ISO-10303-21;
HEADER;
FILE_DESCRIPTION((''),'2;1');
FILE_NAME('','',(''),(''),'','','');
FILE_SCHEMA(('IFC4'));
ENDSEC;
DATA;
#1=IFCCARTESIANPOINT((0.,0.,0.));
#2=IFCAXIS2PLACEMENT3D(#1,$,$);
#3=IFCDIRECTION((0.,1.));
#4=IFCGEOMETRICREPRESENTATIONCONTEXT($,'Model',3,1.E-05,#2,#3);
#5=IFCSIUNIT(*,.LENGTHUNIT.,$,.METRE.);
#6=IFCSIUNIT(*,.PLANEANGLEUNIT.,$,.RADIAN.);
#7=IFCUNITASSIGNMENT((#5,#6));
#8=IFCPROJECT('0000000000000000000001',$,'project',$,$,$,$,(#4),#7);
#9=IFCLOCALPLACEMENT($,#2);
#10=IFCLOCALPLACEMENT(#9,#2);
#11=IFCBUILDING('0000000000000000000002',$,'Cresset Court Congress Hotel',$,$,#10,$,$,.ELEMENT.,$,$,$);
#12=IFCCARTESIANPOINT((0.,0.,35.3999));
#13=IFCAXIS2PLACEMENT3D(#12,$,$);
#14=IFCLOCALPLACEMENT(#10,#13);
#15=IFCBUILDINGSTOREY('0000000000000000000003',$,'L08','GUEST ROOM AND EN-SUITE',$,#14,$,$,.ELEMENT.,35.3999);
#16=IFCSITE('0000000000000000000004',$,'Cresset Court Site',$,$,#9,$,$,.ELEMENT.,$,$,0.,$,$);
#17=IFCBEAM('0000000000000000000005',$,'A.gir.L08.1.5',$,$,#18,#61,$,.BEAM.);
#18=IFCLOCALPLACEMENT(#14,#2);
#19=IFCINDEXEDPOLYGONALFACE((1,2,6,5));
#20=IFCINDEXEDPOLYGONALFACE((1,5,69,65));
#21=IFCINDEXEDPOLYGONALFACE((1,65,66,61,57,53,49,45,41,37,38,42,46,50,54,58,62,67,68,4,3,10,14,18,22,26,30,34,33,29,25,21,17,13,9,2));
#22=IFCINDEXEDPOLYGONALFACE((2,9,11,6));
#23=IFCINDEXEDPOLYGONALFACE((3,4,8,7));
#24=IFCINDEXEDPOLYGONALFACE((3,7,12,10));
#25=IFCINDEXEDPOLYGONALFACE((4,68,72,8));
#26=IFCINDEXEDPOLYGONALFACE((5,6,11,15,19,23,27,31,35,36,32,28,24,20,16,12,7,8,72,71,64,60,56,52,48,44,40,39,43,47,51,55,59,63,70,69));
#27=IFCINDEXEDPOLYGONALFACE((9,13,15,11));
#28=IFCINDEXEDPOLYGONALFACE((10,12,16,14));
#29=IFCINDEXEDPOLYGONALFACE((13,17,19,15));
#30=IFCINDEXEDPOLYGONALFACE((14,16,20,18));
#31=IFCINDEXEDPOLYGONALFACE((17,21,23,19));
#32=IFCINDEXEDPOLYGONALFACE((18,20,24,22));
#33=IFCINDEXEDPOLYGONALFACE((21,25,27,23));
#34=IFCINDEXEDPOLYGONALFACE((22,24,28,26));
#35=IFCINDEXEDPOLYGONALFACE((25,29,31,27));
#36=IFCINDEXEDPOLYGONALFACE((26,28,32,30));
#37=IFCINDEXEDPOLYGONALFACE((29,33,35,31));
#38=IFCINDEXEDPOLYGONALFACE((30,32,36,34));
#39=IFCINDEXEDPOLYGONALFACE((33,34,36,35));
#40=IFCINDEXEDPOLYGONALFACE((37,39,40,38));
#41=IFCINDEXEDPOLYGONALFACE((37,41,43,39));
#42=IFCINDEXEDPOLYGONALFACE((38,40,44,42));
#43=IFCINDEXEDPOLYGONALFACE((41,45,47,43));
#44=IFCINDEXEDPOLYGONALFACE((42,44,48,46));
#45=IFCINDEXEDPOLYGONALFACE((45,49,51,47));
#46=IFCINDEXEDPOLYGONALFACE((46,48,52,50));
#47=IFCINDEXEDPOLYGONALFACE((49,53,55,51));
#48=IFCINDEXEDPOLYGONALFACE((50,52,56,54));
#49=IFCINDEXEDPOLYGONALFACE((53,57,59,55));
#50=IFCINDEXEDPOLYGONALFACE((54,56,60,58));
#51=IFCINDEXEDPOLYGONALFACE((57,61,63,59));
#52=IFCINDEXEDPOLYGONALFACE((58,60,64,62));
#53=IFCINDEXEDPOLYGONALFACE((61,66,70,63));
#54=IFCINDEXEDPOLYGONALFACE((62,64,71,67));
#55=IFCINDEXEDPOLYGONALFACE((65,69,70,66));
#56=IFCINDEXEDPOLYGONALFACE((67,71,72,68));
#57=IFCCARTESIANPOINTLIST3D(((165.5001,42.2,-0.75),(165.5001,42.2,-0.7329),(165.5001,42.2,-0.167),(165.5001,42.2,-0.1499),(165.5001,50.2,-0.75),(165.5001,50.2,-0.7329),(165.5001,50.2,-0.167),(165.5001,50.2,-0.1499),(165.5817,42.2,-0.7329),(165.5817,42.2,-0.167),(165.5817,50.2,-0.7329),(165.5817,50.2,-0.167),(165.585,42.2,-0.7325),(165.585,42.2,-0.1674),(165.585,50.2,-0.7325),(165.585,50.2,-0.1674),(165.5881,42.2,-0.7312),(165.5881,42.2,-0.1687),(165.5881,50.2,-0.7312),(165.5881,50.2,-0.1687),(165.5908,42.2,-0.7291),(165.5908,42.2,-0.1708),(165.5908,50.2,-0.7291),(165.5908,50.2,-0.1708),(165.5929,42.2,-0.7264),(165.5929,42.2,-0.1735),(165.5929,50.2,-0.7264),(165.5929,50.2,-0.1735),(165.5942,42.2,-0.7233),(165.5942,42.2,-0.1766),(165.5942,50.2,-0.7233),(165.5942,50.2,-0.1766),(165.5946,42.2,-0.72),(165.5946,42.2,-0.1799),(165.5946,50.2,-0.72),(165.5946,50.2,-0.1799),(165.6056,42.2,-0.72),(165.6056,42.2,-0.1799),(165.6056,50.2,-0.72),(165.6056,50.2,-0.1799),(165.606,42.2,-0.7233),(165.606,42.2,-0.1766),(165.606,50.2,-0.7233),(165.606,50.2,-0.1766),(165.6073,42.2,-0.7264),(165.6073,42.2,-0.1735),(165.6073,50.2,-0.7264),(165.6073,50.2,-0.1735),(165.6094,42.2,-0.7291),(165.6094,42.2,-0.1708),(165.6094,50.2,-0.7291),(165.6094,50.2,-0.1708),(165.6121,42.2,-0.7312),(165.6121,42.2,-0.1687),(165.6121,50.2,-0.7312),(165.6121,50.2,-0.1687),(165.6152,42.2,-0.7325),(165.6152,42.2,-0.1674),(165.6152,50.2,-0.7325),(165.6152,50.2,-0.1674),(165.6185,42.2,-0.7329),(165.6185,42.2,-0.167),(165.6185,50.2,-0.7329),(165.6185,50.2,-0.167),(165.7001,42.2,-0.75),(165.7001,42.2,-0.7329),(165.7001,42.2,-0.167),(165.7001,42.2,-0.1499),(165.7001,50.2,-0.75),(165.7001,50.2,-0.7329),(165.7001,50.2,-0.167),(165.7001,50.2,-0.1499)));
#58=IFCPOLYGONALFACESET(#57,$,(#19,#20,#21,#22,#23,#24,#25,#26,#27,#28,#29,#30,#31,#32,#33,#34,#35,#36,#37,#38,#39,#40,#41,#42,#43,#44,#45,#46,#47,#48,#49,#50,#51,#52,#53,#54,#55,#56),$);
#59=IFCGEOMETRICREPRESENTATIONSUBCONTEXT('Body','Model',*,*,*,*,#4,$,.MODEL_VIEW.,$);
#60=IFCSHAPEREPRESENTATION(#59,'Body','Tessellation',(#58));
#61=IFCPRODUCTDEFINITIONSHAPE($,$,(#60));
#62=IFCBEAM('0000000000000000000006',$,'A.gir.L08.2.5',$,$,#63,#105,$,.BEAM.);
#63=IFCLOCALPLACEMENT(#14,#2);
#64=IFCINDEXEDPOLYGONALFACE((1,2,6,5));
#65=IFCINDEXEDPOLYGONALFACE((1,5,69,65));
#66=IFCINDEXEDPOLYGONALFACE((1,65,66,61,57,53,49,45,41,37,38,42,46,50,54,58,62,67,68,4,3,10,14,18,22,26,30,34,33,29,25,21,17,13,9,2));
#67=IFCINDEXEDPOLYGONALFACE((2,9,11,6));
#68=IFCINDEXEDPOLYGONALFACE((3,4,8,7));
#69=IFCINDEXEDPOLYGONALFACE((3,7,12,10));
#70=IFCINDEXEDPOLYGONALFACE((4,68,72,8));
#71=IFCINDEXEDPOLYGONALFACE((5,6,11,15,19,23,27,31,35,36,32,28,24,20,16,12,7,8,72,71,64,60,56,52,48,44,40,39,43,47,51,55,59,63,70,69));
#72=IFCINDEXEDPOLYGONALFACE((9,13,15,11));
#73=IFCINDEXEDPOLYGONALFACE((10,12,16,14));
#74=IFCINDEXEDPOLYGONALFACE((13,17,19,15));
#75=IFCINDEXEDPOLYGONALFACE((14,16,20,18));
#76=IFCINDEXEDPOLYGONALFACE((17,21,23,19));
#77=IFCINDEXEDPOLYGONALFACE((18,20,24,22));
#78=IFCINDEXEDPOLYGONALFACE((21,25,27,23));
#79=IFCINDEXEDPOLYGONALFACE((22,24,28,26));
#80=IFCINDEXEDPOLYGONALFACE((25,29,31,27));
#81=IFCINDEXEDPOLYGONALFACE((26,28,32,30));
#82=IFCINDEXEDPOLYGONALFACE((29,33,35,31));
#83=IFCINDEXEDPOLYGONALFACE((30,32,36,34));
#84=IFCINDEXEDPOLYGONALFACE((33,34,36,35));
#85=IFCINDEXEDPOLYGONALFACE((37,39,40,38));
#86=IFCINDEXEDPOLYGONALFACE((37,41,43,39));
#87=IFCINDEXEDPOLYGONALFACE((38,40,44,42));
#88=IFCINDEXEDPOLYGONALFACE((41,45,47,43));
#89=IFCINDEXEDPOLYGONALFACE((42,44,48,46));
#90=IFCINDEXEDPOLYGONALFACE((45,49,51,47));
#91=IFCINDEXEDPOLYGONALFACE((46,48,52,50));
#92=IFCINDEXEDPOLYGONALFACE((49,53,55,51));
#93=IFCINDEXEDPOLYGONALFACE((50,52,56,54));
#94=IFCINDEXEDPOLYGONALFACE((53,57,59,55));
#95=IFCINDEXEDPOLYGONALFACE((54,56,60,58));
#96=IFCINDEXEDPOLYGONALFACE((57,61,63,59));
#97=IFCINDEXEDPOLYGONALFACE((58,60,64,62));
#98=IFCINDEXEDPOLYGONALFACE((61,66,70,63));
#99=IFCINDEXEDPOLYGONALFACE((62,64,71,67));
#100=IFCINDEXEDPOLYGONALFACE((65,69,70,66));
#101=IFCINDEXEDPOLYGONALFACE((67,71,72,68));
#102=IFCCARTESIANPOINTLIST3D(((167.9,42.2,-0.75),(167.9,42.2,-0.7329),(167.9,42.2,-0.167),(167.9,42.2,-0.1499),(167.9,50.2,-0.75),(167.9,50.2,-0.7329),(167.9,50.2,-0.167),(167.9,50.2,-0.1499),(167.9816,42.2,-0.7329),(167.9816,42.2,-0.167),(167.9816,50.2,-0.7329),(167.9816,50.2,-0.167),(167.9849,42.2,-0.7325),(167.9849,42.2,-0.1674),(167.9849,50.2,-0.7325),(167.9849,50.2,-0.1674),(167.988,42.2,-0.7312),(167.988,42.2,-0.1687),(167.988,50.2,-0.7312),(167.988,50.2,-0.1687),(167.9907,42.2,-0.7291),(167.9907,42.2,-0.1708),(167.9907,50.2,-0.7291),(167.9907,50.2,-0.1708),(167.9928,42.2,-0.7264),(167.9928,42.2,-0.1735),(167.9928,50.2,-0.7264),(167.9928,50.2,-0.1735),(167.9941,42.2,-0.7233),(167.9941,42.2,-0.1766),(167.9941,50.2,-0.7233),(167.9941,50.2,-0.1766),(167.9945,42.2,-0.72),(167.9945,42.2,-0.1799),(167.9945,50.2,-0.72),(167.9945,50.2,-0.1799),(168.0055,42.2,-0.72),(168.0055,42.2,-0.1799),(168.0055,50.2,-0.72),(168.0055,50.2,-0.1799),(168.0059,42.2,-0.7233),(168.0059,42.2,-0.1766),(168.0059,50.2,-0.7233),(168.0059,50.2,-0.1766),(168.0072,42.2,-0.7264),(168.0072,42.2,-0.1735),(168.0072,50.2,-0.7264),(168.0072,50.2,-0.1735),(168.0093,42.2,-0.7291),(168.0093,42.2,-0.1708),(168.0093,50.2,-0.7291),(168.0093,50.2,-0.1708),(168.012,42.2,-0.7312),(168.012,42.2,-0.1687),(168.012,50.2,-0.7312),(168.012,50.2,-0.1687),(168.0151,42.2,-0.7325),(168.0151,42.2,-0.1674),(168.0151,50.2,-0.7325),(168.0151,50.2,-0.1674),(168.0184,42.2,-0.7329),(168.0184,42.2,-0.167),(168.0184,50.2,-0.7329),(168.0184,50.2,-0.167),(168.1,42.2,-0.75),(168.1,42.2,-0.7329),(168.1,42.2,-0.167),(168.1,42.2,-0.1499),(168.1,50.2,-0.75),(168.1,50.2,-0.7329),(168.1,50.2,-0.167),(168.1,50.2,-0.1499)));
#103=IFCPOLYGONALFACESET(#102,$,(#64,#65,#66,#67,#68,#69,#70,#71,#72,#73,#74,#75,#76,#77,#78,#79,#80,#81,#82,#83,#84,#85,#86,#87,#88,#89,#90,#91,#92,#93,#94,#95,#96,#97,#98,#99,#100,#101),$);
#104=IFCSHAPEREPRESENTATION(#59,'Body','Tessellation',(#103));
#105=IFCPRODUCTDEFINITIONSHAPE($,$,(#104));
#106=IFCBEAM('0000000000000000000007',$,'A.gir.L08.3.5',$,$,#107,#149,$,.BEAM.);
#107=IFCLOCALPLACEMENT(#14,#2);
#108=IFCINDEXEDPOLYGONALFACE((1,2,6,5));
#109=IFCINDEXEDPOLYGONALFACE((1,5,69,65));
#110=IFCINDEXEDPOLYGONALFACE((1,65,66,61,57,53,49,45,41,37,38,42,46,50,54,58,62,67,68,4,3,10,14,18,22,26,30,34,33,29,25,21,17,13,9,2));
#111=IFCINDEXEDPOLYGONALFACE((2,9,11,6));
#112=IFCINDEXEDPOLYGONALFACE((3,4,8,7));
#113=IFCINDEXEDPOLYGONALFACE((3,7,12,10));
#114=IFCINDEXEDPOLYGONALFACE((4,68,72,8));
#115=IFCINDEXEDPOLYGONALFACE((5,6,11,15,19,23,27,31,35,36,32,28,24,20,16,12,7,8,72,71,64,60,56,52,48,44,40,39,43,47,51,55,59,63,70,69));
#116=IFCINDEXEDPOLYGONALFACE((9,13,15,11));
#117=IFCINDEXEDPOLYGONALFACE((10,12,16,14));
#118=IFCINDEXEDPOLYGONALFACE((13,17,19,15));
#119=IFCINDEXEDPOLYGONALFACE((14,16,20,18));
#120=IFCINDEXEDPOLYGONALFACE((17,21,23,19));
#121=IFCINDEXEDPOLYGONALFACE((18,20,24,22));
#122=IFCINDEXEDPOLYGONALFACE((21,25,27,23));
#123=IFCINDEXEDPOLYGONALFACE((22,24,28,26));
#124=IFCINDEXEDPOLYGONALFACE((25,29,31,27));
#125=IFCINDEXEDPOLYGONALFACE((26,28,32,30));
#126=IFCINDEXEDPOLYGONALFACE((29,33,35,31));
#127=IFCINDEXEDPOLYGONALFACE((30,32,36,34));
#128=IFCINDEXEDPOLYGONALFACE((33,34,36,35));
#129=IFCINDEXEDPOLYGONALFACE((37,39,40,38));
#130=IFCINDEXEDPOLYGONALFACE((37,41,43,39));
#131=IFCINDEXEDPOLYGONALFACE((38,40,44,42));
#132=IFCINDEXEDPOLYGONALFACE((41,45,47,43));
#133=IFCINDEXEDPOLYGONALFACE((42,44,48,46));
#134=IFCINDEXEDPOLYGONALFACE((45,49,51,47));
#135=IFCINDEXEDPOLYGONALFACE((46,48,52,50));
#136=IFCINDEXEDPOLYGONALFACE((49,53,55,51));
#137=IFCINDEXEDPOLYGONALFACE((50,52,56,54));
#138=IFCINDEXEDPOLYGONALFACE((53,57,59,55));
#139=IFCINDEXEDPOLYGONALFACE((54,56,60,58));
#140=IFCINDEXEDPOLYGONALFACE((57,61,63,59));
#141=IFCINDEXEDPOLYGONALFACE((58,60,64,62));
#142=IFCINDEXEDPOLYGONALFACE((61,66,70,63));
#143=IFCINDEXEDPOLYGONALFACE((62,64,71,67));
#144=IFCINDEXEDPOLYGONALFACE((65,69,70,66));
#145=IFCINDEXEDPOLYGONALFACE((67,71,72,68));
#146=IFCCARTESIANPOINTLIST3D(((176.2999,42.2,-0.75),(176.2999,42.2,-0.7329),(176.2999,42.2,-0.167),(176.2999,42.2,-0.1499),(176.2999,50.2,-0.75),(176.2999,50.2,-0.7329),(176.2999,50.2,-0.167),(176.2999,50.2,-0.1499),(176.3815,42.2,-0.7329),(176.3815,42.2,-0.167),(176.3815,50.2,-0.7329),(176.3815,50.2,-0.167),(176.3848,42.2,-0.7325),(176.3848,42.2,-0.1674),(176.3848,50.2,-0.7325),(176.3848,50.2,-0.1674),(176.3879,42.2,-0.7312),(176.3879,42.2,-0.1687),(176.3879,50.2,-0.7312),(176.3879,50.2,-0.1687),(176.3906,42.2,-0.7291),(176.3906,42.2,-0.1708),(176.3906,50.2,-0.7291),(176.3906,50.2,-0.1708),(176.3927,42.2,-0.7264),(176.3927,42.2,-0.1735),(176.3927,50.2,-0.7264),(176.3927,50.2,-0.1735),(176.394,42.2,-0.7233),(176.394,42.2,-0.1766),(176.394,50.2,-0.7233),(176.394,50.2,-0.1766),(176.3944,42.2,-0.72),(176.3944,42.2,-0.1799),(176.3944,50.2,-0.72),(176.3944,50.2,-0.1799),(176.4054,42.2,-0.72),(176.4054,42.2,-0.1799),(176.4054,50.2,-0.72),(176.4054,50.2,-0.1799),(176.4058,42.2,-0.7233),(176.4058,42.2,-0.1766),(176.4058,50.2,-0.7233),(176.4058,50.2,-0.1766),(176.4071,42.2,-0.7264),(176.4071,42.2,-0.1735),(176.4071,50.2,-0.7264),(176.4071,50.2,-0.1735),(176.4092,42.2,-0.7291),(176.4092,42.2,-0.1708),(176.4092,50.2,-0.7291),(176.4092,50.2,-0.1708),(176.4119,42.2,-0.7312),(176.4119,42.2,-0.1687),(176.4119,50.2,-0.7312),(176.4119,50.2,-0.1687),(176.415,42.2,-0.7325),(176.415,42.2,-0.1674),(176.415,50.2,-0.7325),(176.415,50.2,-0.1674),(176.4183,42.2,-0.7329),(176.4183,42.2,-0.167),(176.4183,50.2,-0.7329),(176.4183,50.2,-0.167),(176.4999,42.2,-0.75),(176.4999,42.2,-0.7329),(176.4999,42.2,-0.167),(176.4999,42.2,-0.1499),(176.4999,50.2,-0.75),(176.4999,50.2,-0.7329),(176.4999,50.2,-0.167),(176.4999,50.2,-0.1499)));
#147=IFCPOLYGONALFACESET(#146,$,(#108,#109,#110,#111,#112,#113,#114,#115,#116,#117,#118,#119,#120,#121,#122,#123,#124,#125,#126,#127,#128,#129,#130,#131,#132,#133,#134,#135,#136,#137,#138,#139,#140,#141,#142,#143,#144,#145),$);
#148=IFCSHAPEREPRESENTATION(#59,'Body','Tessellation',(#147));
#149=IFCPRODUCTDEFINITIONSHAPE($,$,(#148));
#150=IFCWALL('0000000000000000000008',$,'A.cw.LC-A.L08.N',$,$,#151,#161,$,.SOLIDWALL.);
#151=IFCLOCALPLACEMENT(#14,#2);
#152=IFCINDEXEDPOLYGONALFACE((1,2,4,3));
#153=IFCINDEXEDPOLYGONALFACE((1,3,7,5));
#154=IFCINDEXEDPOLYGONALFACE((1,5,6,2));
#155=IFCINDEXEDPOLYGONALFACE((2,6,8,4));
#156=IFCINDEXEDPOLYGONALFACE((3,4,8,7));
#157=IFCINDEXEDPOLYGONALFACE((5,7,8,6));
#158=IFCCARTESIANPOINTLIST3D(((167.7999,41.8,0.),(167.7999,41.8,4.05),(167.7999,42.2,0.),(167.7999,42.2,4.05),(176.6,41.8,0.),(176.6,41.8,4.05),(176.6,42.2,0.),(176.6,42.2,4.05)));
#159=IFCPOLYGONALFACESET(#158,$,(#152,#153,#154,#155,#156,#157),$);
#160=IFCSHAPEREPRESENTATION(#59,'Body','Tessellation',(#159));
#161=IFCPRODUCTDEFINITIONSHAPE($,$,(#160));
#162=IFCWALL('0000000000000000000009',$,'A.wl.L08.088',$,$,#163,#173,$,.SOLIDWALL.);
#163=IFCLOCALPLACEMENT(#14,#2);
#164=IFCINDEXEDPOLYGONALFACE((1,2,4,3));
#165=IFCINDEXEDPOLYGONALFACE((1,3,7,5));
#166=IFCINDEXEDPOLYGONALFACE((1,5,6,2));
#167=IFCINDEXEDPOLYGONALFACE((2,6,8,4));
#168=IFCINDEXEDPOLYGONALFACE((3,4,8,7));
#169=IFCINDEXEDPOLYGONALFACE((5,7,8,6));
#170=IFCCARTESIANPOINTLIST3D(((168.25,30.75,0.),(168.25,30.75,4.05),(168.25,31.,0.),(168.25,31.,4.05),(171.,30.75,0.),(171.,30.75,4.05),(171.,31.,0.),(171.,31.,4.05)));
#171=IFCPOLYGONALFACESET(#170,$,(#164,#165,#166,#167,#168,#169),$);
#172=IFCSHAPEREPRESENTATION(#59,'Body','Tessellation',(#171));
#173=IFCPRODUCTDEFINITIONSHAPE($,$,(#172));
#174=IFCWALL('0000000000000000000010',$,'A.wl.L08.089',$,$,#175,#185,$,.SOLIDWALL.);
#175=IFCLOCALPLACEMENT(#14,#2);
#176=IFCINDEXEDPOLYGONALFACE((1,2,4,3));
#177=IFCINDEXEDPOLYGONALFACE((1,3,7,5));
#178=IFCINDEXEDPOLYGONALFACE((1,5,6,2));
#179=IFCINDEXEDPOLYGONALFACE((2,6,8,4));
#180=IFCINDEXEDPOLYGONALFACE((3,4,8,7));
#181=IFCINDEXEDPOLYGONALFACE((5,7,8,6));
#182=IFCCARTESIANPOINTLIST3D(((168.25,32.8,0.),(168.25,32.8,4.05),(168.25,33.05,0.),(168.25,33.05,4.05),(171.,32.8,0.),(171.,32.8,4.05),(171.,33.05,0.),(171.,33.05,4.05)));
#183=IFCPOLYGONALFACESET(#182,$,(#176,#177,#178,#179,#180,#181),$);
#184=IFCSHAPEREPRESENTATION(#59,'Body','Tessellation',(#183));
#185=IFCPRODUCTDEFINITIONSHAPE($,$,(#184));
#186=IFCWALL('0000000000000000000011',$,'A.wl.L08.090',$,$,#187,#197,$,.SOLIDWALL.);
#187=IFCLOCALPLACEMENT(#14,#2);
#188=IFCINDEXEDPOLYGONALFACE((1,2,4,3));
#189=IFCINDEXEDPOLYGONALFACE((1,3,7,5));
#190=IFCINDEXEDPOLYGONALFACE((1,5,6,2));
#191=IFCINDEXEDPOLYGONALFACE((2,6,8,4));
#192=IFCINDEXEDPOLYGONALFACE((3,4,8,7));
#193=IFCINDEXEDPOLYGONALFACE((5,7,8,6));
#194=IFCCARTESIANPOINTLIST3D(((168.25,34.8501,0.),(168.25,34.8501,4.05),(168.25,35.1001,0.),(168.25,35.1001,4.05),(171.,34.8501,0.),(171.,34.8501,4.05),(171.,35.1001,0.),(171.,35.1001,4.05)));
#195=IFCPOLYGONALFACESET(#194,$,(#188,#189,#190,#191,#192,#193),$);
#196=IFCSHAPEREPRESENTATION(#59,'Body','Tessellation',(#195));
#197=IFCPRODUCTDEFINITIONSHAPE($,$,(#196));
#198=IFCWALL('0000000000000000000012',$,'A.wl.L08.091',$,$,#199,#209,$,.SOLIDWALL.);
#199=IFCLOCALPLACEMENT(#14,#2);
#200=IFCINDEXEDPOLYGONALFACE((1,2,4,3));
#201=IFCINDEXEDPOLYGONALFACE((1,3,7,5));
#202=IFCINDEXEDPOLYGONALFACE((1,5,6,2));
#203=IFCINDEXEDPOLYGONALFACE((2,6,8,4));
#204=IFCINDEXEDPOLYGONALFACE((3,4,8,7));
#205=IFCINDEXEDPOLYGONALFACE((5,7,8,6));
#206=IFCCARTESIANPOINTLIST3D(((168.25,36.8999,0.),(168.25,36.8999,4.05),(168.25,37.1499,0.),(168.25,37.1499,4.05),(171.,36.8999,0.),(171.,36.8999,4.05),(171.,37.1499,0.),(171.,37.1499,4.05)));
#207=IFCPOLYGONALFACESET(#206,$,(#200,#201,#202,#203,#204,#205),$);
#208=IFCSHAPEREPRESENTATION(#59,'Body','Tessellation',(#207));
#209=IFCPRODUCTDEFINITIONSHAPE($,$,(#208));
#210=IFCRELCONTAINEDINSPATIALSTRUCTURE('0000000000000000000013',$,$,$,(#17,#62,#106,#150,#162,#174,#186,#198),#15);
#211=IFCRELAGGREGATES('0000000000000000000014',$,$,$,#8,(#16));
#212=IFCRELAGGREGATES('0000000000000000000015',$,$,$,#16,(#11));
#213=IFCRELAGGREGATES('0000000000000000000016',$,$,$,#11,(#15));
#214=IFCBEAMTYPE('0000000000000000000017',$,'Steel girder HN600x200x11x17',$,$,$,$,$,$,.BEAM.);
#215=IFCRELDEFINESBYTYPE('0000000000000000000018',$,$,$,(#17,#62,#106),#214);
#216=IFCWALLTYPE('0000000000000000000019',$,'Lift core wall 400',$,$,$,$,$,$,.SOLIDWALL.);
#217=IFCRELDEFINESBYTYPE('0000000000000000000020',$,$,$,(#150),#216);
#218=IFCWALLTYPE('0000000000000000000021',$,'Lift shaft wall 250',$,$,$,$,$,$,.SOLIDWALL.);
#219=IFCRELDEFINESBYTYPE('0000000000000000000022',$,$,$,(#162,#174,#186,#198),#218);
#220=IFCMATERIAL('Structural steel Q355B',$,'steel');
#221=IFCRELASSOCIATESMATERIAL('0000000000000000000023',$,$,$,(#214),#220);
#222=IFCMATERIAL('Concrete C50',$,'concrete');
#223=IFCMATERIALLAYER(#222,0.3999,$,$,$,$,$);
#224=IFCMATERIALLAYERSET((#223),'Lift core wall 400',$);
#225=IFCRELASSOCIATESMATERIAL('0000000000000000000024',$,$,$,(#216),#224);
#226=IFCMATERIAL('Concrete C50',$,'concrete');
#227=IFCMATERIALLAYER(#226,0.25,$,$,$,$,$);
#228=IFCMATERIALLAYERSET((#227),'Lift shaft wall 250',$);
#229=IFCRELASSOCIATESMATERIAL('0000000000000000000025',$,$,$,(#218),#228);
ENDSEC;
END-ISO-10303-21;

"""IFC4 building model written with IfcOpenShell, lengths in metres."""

from ifc_helpers import new_model, si_unit, direction, frame, frame_2d, origin, origin_2d, place, context, subcontext, project, spatial, rectangle, i_section, extrude, material, layer, layer_set, material_profile, profile_set, type_object, element, save


model = new_model("IFC4")

# Units and contexts
model_context = context("Model", 3, precision=1e-05, world=origin(), true_north=direction((0.0, 1.0)))
body_context = subcontext(model_context, "Body", "Model", "MODEL_VIEW")
ifc_project = project(units=[si_unit("LENGTHUNIT", "METRE"), si_unit("PLANEANGLEUNIT", "RADIAN")], contexts=[model_context])

# Site, building, storey
site_placement = place(None, origin())
site = spatial("IfcSite", under=ifc_project, at=site_placement, Name="Cresset Court Site", CompositionType="ELEMENT", RefElevation=0.0)
building_placement = place(site_placement, origin())
building = spatial("IfcBuilding", under=site, at=building_placement, Name="Cresset Court Congress Hotel", CompositionType="ELEMENT")
storey_placement = place(building_placement, frame((0.0, 0.0, 35.3999)))
storey = spatial("IfcBuildingStorey", under=building, at=storey_placement, Name="L08", Description="GUEST ROOM AND EN-SUITE", CompositionType="ELEMENT", Elevation=35.3999)

# Beams
ifc_material_1 = material(Name="Structural steel Q355B", Category="steel")
ifc_material_profile_1 = material_profile(ifc_material_1, i_section(OverallWidth=0.2, OverallDepth=0.6001, WebThickness=0.011, FlangeThickness=0.0171, FilletRadius=0.0129, at=origin_2d()), Name="HN600x200x11x17")
ifc_profile_set_1 = profile_set([ifc_material_profile_1], Name="Structural steel Q355B")
beam_type_1 = type_object("IfcBeamType", Name="Steel girder HN600x200x11x17", PredefinedType="BEAM", material=ifc_profile_set_1)
for number, where, z_axis, x_axis, name in (
    (1, (165.6001, 42.2, -0.45), (0.0, 1.0, 0.0), (-1.0, 0.0, 0.0), "A.gir.L08.1.5"),
    (2, (168.0, 42.2, -0.45), (0.0, 1.0, 0.0), (-1.0, 0.0, 0.0), "A.gir.L08.2.5"),
    (3, (176.3999, 42.2, -0.45), (0.0, 1.0, 0.0), (-1.0, 0.0, 0.0), "A.gir.L08.3.5"),
):
    element("IfcBeam", number, at=place(storey_placement, frame(where, z_axis=z_axis, x_axis=x_axis)), inside=storey, type_object=beam_type_1, Name=name, PredefinedType="BEAM", context=body_context, shape_type="SweptSolid", body=[
        extrude(i_section(OverallWidth=0.2, OverallDepth=0.6001, WebThickness=0.011, FlangeThickness=0.0171, FilletRadius=0.0129, at=origin_2d()), origin(), (0.0, 0.0, 1.0), 8.0),
    ])

# Walls
ifc_material_2 = material(Name="Concrete C50", Category="concrete")
ifc_layer_1 = layer(ifc_material_2, 0.3999)
ifc_layer_set_1 = layer_set([ifc_layer_1], Name="Lift core wall 400")
wall_type_1 = type_object("IfcWallType", Name="Lift core wall 400", PredefinedType="SOLIDWALL", material=ifc_layer_set_1)
wall_1_placement = place(storey_placement, frame((167.8, 42.0, 0.0), z_axis=(0.0, 0.0, 1.0), x_axis=(1.0, 0.0, 0.0)))
element("IfcWall", 4, at=wall_1_placement, inside=storey, type_object=wall_type_1, Name="A.cw.LC-A.L08.N", PredefinedType="SOLIDWALL", context=body_context, shape_type="SweptSolid", body=[
    extrude(rectangle(XDim=8.8, YDim=0.3999, at=frame_2d((4.3999, 0.0))), origin(), (0.0, 0.0, 1.0), 4.05),
])
ifc_material_3 = material(Name="Concrete C50", Category="concrete")
ifc_layer_2 = layer(ifc_material_3, 0.25)
ifc_layer_set_2 = layer_set([ifc_layer_2], Name="Lift shaft wall 250")
wall_type_2 = type_object("IfcWallType", Name="Lift shaft wall 250", PredefinedType="SOLIDWALL", material=ifc_layer_set_2)
for number, where, z_axis, x_axis, name in (
    (5, (168.25, 30.875, 0.0), (0.0, 0.0, 1.0), (1.0, 0.0, 0.0), "A.wl.L08.088"),
    (6, (168.25, 32.925, 0.0), (0.0, 0.0, 1.0), (1.0, 0.0, 0.0), "A.wl.L08.089"),
    (7, (168.25, 34.9751, 0.0), (0.0, 0.0, 1.0), (1.0, 0.0, 0.0), "A.wl.L08.090"),
    (8, (168.25, 37.0249, 0.0), (0.0, 0.0, 1.0), (1.0, 0.0, 0.0), "A.wl.L08.091"),
):
    element("IfcWall", number, at=place(storey_placement, frame(where, z_axis=z_axis, x_axis=x_axis)), inside=storey, type_object=wall_type_2, Name=name, PredefinedType="SOLIDWALL", context=body_context, shape_type="SweptSolid", body=[
        extrude(rectangle(XDim=2.75, YDim=0.25, at=frame_2d((1.375, 0.0))), origin(), (0.0, 0.0, 1.0), 4.05),
    ])

save(model, "model.ifc")
